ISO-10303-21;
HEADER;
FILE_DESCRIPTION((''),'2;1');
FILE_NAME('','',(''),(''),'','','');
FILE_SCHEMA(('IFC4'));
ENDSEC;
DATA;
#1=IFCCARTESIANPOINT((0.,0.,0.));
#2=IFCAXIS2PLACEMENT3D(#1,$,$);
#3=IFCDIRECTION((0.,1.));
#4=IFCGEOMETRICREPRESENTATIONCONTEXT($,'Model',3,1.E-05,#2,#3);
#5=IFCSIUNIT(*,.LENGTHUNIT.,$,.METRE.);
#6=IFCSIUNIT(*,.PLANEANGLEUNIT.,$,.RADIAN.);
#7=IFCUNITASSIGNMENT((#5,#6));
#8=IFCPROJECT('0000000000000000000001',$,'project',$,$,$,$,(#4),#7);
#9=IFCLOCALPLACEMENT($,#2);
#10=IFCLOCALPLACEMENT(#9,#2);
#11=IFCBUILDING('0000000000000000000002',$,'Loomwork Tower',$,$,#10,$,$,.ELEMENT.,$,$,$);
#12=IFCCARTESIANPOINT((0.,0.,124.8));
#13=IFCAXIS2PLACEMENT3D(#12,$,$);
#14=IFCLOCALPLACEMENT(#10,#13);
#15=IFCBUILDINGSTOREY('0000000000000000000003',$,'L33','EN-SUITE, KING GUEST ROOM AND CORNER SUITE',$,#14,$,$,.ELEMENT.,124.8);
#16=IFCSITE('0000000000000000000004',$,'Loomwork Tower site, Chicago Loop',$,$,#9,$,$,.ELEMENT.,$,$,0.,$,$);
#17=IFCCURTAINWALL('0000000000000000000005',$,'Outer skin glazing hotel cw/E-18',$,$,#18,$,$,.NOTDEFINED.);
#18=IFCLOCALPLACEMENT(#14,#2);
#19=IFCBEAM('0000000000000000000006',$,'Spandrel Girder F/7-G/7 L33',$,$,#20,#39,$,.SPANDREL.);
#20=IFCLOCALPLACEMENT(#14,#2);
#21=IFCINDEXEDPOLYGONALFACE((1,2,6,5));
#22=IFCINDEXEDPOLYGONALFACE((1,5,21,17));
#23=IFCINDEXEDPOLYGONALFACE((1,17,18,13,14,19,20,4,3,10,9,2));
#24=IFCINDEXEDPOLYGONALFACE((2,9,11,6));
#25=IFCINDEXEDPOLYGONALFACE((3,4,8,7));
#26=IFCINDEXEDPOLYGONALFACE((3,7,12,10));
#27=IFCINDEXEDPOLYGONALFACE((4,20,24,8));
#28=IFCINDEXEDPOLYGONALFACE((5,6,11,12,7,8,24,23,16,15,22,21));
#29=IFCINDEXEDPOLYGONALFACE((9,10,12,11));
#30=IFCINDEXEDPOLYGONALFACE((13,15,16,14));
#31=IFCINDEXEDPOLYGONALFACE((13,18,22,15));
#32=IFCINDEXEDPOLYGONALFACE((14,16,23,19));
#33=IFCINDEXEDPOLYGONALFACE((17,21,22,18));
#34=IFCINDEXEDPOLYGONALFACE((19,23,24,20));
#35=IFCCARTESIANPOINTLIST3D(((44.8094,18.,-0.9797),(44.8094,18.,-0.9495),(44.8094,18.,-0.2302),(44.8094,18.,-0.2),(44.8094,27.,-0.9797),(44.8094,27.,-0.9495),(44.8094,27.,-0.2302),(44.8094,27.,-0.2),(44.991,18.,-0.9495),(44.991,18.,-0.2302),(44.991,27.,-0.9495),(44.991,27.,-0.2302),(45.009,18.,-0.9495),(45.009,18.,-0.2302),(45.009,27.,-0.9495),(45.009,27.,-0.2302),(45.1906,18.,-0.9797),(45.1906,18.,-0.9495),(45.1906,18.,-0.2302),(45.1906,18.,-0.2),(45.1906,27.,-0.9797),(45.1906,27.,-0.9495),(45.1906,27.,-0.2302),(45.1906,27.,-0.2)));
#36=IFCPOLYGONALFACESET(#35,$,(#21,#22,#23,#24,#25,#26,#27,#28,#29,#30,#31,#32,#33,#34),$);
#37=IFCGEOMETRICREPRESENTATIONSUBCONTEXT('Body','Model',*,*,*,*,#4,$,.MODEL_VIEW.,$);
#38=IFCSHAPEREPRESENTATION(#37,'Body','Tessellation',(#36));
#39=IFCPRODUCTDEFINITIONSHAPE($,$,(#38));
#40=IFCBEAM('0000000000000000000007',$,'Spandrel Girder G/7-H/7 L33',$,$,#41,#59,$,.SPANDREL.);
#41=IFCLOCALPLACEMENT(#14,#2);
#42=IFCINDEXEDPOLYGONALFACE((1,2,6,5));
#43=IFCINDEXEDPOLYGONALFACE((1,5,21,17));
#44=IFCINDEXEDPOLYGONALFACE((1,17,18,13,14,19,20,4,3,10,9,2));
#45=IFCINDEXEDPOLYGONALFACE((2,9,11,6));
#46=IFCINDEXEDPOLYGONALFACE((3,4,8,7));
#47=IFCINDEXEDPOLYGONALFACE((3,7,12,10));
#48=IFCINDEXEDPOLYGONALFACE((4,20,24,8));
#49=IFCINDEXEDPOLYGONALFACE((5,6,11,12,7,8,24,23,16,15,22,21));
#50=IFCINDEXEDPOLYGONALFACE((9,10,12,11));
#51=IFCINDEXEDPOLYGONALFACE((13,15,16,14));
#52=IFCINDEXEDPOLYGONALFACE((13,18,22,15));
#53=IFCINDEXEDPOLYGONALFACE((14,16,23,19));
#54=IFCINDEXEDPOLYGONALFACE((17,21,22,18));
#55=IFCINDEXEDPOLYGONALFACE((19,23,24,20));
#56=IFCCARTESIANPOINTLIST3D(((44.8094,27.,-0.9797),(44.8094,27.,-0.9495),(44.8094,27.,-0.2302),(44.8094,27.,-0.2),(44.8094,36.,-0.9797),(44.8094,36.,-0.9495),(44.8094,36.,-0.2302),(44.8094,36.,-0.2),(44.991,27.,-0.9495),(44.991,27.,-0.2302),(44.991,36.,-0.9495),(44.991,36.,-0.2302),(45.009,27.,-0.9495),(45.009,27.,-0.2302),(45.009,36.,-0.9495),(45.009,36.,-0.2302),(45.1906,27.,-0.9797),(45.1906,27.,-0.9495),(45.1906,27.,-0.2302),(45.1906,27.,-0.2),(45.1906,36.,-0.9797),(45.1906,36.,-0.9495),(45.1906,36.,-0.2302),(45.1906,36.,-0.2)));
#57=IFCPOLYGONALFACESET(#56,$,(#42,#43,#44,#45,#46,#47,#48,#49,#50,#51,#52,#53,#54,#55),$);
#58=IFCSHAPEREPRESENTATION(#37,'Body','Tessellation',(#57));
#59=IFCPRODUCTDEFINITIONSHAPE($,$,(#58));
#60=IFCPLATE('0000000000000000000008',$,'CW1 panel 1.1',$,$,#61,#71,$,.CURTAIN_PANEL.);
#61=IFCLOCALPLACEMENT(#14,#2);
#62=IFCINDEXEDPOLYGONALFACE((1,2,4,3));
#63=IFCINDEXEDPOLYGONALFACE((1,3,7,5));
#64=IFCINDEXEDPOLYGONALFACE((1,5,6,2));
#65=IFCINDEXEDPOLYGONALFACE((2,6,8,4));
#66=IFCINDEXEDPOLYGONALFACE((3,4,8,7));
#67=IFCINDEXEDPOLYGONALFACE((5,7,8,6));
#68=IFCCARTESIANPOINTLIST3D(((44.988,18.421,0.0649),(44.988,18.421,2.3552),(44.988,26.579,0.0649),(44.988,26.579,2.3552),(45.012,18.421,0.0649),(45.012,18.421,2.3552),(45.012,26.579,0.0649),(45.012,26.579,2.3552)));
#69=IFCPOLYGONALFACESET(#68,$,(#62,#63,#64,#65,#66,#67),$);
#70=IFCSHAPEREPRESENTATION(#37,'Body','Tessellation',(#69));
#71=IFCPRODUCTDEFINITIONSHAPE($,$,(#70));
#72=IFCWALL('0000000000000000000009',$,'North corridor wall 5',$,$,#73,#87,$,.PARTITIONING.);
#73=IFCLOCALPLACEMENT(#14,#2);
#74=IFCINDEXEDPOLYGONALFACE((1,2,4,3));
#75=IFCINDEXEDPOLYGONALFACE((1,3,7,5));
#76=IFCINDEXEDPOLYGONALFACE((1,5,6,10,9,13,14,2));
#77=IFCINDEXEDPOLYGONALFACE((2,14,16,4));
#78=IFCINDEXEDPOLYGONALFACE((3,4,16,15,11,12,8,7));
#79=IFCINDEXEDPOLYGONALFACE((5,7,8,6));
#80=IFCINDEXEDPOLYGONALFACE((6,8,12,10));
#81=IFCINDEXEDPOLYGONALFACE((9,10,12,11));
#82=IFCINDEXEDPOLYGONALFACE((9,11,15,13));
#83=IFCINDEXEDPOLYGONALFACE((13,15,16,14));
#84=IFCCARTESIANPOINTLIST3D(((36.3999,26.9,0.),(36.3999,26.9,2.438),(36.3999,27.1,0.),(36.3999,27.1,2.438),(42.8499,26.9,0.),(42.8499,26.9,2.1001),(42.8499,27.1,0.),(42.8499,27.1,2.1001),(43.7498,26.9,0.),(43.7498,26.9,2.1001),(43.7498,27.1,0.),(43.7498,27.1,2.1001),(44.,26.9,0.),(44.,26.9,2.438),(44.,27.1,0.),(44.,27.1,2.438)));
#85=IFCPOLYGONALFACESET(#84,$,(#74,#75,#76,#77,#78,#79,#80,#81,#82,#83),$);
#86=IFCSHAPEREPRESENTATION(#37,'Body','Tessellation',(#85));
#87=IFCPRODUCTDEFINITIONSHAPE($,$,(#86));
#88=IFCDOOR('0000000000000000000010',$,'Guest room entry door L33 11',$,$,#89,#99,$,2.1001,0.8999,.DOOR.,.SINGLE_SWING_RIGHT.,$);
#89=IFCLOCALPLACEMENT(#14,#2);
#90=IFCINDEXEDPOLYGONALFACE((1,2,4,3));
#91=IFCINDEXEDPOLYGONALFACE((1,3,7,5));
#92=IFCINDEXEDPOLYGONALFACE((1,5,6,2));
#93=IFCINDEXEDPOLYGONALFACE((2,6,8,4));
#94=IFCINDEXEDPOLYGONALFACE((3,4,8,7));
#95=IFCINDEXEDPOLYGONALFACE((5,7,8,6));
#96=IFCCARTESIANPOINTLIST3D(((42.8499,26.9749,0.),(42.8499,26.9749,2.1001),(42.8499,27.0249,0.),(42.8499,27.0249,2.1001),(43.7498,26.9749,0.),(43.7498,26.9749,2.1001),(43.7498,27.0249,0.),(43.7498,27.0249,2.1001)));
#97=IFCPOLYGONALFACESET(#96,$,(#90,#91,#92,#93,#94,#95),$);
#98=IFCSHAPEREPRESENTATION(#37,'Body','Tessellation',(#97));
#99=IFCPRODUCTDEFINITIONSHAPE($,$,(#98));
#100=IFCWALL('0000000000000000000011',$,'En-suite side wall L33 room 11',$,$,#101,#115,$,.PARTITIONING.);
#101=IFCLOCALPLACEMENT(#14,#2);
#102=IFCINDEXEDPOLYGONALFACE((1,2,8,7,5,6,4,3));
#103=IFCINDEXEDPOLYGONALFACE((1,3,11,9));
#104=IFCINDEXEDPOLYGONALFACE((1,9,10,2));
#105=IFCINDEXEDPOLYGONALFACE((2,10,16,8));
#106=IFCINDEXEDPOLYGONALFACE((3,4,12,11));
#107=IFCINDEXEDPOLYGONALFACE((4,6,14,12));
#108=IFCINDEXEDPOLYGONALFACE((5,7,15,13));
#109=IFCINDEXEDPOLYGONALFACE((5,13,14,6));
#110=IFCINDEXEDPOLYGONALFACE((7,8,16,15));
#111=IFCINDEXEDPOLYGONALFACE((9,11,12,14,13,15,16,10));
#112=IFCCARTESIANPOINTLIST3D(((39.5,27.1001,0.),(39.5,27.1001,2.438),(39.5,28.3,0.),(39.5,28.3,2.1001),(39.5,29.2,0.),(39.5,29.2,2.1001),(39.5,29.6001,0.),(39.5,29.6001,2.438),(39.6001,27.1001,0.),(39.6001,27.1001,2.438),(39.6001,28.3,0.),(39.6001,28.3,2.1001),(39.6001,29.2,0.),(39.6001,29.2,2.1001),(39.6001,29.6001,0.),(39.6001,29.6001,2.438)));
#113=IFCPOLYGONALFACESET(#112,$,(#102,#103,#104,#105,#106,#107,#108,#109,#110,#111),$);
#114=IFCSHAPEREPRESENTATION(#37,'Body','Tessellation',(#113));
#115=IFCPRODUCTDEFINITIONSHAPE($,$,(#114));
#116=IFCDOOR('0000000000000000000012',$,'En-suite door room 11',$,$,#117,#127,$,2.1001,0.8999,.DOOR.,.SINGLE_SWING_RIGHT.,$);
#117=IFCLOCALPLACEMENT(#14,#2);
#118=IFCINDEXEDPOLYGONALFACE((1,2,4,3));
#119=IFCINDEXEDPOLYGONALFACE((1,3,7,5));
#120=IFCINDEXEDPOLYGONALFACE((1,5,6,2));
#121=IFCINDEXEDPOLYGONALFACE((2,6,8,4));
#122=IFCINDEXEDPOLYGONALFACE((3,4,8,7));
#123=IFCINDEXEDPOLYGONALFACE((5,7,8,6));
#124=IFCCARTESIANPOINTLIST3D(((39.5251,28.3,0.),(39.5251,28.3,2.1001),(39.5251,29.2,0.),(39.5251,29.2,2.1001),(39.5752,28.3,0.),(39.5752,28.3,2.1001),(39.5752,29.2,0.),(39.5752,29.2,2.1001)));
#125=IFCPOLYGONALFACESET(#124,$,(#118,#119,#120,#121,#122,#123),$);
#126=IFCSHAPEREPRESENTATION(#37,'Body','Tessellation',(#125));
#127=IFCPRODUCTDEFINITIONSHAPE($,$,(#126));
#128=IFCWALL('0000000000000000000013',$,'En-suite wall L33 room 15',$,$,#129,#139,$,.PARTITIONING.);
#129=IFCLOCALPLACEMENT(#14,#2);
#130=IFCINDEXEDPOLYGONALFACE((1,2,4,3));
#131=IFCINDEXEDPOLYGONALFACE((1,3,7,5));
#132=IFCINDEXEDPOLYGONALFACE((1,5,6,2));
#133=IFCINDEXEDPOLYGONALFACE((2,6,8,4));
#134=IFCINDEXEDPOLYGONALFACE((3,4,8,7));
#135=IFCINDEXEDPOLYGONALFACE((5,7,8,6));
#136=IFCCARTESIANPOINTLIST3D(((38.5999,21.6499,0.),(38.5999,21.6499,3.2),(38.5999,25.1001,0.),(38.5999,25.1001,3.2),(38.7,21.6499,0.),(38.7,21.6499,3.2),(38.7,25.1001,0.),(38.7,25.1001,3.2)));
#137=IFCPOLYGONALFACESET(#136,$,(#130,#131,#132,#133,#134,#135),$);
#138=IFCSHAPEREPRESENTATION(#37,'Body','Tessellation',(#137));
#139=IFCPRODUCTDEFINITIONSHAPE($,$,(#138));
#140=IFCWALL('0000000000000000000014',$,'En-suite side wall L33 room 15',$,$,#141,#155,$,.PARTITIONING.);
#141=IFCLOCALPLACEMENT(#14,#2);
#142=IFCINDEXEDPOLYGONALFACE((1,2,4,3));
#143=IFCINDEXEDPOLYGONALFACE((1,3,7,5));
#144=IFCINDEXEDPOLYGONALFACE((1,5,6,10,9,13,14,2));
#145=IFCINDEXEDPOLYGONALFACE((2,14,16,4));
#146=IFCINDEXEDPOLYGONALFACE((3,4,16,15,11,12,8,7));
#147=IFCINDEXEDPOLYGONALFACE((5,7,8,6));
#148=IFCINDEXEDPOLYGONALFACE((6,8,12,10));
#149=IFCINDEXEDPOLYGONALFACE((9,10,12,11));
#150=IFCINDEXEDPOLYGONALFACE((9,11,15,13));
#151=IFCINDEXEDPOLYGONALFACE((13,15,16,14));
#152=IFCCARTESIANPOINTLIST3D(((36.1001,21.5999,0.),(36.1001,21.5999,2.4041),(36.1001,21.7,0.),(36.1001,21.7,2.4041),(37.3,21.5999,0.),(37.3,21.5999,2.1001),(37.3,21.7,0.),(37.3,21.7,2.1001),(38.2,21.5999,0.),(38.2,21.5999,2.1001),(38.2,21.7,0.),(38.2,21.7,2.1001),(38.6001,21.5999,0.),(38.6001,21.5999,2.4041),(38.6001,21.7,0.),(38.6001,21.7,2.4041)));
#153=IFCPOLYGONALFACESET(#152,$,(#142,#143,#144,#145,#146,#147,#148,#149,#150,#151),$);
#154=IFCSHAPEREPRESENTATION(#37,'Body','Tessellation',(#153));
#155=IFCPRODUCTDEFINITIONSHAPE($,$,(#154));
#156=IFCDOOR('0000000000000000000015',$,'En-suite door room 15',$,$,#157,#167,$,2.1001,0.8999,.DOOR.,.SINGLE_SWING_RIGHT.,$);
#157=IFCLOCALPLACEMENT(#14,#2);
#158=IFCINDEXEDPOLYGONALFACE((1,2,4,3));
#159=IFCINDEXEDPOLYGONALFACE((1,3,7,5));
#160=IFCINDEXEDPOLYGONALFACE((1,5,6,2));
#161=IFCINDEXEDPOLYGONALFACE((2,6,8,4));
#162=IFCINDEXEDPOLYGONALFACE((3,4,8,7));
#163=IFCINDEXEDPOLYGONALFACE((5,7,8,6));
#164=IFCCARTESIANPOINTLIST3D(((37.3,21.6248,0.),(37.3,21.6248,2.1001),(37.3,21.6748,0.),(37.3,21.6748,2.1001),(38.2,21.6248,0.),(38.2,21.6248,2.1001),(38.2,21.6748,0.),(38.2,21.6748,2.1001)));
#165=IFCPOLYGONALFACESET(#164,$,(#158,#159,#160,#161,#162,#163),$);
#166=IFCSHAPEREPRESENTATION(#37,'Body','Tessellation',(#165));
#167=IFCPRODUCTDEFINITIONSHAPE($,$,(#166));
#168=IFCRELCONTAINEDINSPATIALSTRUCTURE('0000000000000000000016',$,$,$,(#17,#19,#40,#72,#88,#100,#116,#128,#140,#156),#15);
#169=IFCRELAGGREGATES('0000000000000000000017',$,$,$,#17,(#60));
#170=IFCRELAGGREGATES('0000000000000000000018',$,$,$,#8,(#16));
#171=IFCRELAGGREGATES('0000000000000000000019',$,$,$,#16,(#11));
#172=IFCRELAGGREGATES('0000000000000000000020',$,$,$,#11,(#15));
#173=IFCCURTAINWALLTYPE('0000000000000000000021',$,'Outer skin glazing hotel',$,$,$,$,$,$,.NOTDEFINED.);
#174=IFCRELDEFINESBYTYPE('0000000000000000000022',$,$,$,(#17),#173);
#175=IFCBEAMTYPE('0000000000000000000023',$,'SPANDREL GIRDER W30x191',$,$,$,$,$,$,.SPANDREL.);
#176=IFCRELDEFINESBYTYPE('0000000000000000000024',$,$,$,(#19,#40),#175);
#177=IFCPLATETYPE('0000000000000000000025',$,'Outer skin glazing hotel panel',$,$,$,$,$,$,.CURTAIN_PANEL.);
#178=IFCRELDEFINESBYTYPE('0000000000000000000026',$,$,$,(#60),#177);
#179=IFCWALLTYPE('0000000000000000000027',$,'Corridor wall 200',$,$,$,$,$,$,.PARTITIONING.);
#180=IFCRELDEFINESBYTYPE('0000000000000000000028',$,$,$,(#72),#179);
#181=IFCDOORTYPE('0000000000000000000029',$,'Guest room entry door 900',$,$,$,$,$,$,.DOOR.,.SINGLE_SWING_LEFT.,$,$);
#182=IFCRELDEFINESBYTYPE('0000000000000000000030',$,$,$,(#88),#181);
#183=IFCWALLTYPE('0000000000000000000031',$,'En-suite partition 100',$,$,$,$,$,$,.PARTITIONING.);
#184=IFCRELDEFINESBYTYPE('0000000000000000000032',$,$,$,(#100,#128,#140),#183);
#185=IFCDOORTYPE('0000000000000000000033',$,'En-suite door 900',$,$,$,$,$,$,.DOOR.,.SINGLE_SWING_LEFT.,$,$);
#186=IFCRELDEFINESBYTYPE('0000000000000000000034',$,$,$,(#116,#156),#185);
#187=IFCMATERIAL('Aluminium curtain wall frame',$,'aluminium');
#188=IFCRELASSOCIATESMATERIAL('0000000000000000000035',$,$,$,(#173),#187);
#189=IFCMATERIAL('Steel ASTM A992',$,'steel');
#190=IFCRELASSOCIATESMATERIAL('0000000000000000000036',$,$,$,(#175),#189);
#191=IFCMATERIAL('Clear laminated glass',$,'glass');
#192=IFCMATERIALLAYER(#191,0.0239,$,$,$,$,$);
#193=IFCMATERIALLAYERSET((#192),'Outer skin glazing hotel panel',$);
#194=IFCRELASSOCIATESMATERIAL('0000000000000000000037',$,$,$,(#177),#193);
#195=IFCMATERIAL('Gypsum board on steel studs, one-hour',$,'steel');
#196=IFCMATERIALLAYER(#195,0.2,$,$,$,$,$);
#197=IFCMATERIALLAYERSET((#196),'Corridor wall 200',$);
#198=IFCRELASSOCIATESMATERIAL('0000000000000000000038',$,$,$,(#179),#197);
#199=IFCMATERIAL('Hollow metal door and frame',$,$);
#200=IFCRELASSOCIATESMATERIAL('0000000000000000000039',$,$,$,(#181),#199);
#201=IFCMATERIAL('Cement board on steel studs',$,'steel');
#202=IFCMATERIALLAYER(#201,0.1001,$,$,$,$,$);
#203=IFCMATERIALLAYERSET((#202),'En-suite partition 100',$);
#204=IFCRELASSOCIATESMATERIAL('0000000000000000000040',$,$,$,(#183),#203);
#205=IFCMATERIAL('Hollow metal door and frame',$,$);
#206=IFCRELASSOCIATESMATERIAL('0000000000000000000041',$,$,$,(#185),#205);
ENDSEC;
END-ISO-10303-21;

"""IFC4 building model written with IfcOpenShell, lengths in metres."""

from ifc_helpers import new_model, si_unit, direction, frame, frame_2d, origin, origin_2d, place, context, subcontext, project, spatial, rectangle, i_section, extrude, material, layer, layer_set, material_profile, profile_set, type_object, element, fill, aggregate, save


model = new_model("IFC4")

# Units and contexts
model_context = context("Model", 3, precision=1e-05, world=origin(), true_north=direction((0.0, 1.0)))
body_context = subcontext(model_context, "Body", "Model", "MODEL_VIEW")
ifc_project = project(units=[si_unit("LENGTHUNIT", "METRE"), si_unit("PLANEANGLEUNIT", "RADIAN")], contexts=[model_context])

# Site, building, storey
site_placement = place(None, origin())
site = spatial("IfcSite", under=ifc_project, at=site_placement, Name="Loomwork Tower site, Chicago Loop", CompositionType="ELEMENT", RefElevation=0.0)
building_placement = place(site_placement, origin())
building = spatial("IfcBuilding", under=site, at=building_placement, Name="Loomwork Tower", CompositionType="ELEMENT")
storey_placement = place(building_placement, frame((0.0, 0.0, 124.8)))
storey = spatial("IfcBuildingStorey", under=building, at=storey_placement, Name="L33", Description="EN-SUITE, KING GUEST ROOM AND CORNER SUITE", CompositionType="ELEMENT", Elevation=124.8)

# Curtain wall
ifc_material_1 = material(Name="Aluminium curtain wall frame", Category="aluminium")
curtain_wall_type = type_object("IfcCurtainWallType", Name="Outer skin glazing hotel", PredefinedType="NOTDEFINED", material=ifc_material_1)
curtain_wall_1_placement = place(storey_placement, origin())
curtain_wall_1 = element("IfcCurtainWall", 1, at=curtain_wall_1_placement, inside=storey, type_object=curtain_wall_type, Name="Outer skin glazing hotel cw/E-18", PredefinedType="NOTDEFINED")

# Beams
ifc_material_2 = material(Name="Steel ASTM A992", Category="steel")
ifc_material_profile_1 = material_profile(ifc_material_2, i_section(OverallWidth=0.3811, OverallDepth=0.7798, WebThickness=0.0181, FlangeThickness=0.0303, at=origin_2d()), Name="W30x191")
ifc_profile_set_1 = profile_set([ifc_material_profile_1], Name="Steel ASTM A992")
beam_type_1 = type_object("IfcBeamType", Name="SPANDREL GIRDER W30x191", PredefinedType="SPANDREL", material=ifc_profile_set_1)
for number, where, z_axis, x_axis, name in (
    (2, (45.0, 18.0, -0.5898), (0.0, 1.0, 0.0), (-1.0, 0.0, 0.0), "Spandrel Girder F/7-G/7 L33"),
    (3, (45.0, 27.0, -0.5898), (0.0, 1.0, 0.0), (-1.0, 0.0, 0.0), "Spandrel Girder G/7-H/7 L33"),
):
    element("IfcBeam", number, at=place(storey_placement, frame(where, z_axis=z_axis, x_axis=x_axis)), inside=storey, type_object=beam_type_1, Name=name, PredefinedType="SPANDREL", context=body_context, shape_type="SweptSolid", body=[
        extrude(i_section(OverallWidth=0.3811, OverallDepth=0.7798, WebThickness=0.0181, FlangeThickness=0.0303, at=origin_2d()), origin(), (0.0, 0.0, 1.0), 9.0),
    ])

# Plate
ifc_material_3 = material(Name="Clear laminated glass", Category="glass")
ifc_layer_1 = layer(ifc_material_3, 0.0239)
ifc_layer_set_1 = layer_set([ifc_layer_1], Name="Outer skin glazing hotel panel")
plate_type = type_object("IfcPlateType", Name="Outer skin glazing hotel panel", PredefinedType="CURTAIN_PANEL", material=ifc_layer_set_1)
plate_placement = place(storey_placement, frame((45.0, 22.5, 0.0649), z_axis=(0.0, 0.0, 1.0), x_axis=(0.0, 1.0, 0.0)))
plate = element("IfcPlate", 4, at=plate_placement, type_object=plate_type, Name="CW1 panel 1.1", PredefinedType="CURTAIN_PANEL", context=body_context, shape_type="SweptSolid", body=[
    extrude(rectangle(XDim=8.158, YDim=0.0239, at=origin_2d()), origin(), (0.0, 0.0, 1.0), 2.2903),
])
aggregate(curtain_wall_1, [plate])

# Walls, openings, doors
ifc_material_4 = material(Name="Gypsum board on steel studs, one-hour", Category="steel")
ifc_layer_2 = layer(ifc_material_4, 0.2)
ifc_layer_set_2 = layer_set([ifc_layer_2], Name="Corridor wall 200")
wall_type_1 = type_object("IfcWallType", Name="Corridor wall 200", PredefinedType="PARTITIONING", material=ifc_layer_set_2)
wall_1_placement = place(storey_placement, frame((36.3999, 27.0, 0.0), z_axis=(0.0, 0.0, 1.0), x_axis=(1.0, 0.0, 0.0)))
wall_1 = element("IfcWall", 5, at=wall_1_placement, inside=storey, type_object=wall_type_1, Name="North corridor wall 5", PredefinedType="PARTITIONING", context=body_context, shape_type="SweptSolid", body=[
    extrude(rectangle(XDim=7.6001, YDim=0.2, at=frame_2d((3.8, 0.0))), origin(), (0.0, 0.0, 1.0), 2.438),
])
opening_1_placement = place(wall_1_placement, frame((6.45, 0.0, 0.0)))
opening_1 = element("IfcOpeningElement", 6, at=opening_1_placement, cuts=wall_1, PredefinedType="OPENING", context=body_context, shape_type="SweptSolid", body=[
    extrude(rectangle(XDim=0.8999, YDim=2.1001, at=frame_2d((0.45, 1.05))), frame((0.0, 0.1099, 0.0), z_axis=(0.0, -1.0, 0.0), x_axis=(1.0, 0.0, 0.0)), (0.0, 0.0, 1.0), 0.22),
])
ifc_material_5 = material(Name="Hollow metal door and frame")
door_type_1 = type_object("IfcDoorType", Name="Guest room entry door 900", OperationType="SINGLE_SWING_LEFT", PredefinedType="DOOR", material=ifc_material_5)
door_1_placement = place(opening_1_placement, origin())
door_1 = element("IfcDoor", 7, at=door_1_placement, inside=storey, type_object=door_type_1, Name="Guest room entry door L33 11", OperationType="SINGLE_SWING_RIGHT", OverallHeight=2.1001, OverallWidth=0.8999, PredefinedType="DOOR", context=body_context, shape_type="SweptSolid", body=[
    extrude(rectangle(XDim=0.8999, YDim=2.1001, at=frame_2d((0.45, 1.05))), frame((0.0, 0.0249, 0.0), z_axis=(0.0, -1.0, 0.0), x_axis=(1.0, 0.0, 0.0)), (0.0, 0.0, 1.0), 0.05),
])
fill(opening_1, door_1)
ifc_material_6 = material(Name="Cement board on steel studs", Category="steel")
ifc_layer_3 = layer(ifc_material_6, 0.1001)
ifc_layer_set_3 = layer_set([ifc_layer_3], Name="En-suite partition 100")
wall_type_2 = type_object("IfcWallType", Name="En-suite partition 100", PredefinedType="PARTITIONING", material=ifc_layer_set_3)
wall_2_placement = place(storey_placement, frame((39.55, 27.1001, 0.0), z_axis=(0.0, 0.0, 1.0), x_axis=(0.0, 1.0, 0.0)))
wall_2 = element("IfcWall", 8, at=wall_2_placement, inside=storey, type_object=wall_type_2, Name="En-suite side wall L33 room 11", PredefinedType="PARTITIONING", context=body_context, shape_type="SweptSolid", body=[
    extrude(rectangle(XDim=2.5, YDim=0.1001, at=frame_2d((1.25, 0.0))), origin(), (0.0, 0.0, 1.0), 2.438),
])
opening_2_placement = place(wall_2_placement, frame((1.2, 0.0, 0.0)))
opening_2 = element("IfcOpeningElement", 9, at=opening_2_placement, cuts=wall_2, PredefinedType="OPENING", context=body_context, shape_type="SweptSolid", body=[
    extrude(rectangle(XDim=0.8999, YDim=2.1001, at=frame_2d((0.45, 1.05))), frame((0.0, 0.0601, 0.0), z_axis=(0.0, -1.0, 0.0), x_axis=(1.0, 0.0, 0.0)), (0.0, 0.0, 1.0), 0.1201),
])
ifc_material_7 = material(Name="Hollow metal door and frame")
door_type_2 = type_object("IfcDoorType", Name="En-suite door 900", OperationType="SINGLE_SWING_LEFT", PredefinedType="DOOR", material=ifc_material_7)
door_2_placement = place(opening_2_placement, origin())
door_2 = element("IfcDoor", 10, at=door_2_placement, inside=storey, type_object=door_type_2, Name="En-suite door room 11", OperationType="SINGLE_SWING_RIGHT", OverallHeight=2.1001, OverallWidth=0.8999, PredefinedType="DOOR", context=body_context, shape_type="SweptSolid", body=[
    extrude(rectangle(XDim=0.8999, YDim=2.1001, at=frame_2d((0.45, 1.05))), frame((0.0, 0.0249, 0.0), z_axis=(0.0, -1.0, 0.0), x_axis=(1.0, 0.0, 0.0)), (0.0, 0.0, 1.0), 0.05),
])
fill(opening_2, door_2)

# Wall
wall_3_placement = place(storey_placement, frame((38.6499, 21.6499, 0.0), z_axis=(0.0, 0.0, 1.0), x_axis=(0.0, 1.0, 0.0)))
element("IfcWall", 11, at=wall_3_placement, inside=storey, type_object=wall_type_2, Name="En-suite wall L33 room 15", PredefinedType="PARTITIONING", context=body_context, shape_type="SweptSolid", body=[
    extrude(rectangle(XDim=3.4502, YDim=0.1001, at=frame_2d((1.7251, 0.0))), origin(), (0.0, 0.0, 1.0), 3.2),
])

# Wall, opening, door
wall_4_placement = place(storey_placement, frame((36.1001, 21.6499, 0.0), z_axis=(0.0, 0.0, 1.0), x_axis=(1.0, 0.0, 0.0)))
wall_4 = element("IfcWall", 12, at=wall_4_placement, inside=storey, type_object=wall_type_2, Name="En-suite side wall L33 room 15", PredefinedType="PARTITIONING", context=body_context, shape_type="SweptSolid", body=[
    extrude(rectangle(XDim=2.5, YDim=0.1001, at=frame_2d((1.25, 0.0))), origin(), (0.0, 0.0, 1.0), 2.4041),
])
opening_3_placement = place(wall_4_placement, frame((1.2, 0.0, 0.0)))
opening_3 = element("IfcOpeningElement", 13, at=opening_3_placement, cuts=wall_4, PredefinedType="OPENING", context=body_context, shape_type="SweptSolid", body=[
    extrude(rectangle(XDim=0.8999, YDim=2.1001, at=frame_2d((0.45, 1.05))), frame((0.0, 0.0601, 0.0), z_axis=(0.0, -1.0, 0.0), x_axis=(1.0, 0.0, 0.0)), (0.0, 0.0, 1.0), 0.1201),
])
door_3_placement = place(opening_3_placement, origin())
door_3 = element("IfcDoor", 14, at=door_3_placement, inside=storey, type_object=door_type_2, Name="En-suite door room 15", OperationType="SINGLE_SWING_RIGHT", OverallHeight=2.1001, OverallWidth=0.8999, PredefinedType="DOOR", context=body_context, shape_type="SweptSolid", body=[
    extrude(rectangle(XDim=0.8999, YDim=2.1001, at=frame_2d((0.45, 1.05))), frame((0.0, 0.0249, 0.0), z_axis=(0.0, -1.0, 0.0), x_axis=(1.0, 0.0, 0.0)), (0.0, 0.0, 1.0), 0.05),
])
fill(opening_3, door_3)

save(model, "model.ifc")
